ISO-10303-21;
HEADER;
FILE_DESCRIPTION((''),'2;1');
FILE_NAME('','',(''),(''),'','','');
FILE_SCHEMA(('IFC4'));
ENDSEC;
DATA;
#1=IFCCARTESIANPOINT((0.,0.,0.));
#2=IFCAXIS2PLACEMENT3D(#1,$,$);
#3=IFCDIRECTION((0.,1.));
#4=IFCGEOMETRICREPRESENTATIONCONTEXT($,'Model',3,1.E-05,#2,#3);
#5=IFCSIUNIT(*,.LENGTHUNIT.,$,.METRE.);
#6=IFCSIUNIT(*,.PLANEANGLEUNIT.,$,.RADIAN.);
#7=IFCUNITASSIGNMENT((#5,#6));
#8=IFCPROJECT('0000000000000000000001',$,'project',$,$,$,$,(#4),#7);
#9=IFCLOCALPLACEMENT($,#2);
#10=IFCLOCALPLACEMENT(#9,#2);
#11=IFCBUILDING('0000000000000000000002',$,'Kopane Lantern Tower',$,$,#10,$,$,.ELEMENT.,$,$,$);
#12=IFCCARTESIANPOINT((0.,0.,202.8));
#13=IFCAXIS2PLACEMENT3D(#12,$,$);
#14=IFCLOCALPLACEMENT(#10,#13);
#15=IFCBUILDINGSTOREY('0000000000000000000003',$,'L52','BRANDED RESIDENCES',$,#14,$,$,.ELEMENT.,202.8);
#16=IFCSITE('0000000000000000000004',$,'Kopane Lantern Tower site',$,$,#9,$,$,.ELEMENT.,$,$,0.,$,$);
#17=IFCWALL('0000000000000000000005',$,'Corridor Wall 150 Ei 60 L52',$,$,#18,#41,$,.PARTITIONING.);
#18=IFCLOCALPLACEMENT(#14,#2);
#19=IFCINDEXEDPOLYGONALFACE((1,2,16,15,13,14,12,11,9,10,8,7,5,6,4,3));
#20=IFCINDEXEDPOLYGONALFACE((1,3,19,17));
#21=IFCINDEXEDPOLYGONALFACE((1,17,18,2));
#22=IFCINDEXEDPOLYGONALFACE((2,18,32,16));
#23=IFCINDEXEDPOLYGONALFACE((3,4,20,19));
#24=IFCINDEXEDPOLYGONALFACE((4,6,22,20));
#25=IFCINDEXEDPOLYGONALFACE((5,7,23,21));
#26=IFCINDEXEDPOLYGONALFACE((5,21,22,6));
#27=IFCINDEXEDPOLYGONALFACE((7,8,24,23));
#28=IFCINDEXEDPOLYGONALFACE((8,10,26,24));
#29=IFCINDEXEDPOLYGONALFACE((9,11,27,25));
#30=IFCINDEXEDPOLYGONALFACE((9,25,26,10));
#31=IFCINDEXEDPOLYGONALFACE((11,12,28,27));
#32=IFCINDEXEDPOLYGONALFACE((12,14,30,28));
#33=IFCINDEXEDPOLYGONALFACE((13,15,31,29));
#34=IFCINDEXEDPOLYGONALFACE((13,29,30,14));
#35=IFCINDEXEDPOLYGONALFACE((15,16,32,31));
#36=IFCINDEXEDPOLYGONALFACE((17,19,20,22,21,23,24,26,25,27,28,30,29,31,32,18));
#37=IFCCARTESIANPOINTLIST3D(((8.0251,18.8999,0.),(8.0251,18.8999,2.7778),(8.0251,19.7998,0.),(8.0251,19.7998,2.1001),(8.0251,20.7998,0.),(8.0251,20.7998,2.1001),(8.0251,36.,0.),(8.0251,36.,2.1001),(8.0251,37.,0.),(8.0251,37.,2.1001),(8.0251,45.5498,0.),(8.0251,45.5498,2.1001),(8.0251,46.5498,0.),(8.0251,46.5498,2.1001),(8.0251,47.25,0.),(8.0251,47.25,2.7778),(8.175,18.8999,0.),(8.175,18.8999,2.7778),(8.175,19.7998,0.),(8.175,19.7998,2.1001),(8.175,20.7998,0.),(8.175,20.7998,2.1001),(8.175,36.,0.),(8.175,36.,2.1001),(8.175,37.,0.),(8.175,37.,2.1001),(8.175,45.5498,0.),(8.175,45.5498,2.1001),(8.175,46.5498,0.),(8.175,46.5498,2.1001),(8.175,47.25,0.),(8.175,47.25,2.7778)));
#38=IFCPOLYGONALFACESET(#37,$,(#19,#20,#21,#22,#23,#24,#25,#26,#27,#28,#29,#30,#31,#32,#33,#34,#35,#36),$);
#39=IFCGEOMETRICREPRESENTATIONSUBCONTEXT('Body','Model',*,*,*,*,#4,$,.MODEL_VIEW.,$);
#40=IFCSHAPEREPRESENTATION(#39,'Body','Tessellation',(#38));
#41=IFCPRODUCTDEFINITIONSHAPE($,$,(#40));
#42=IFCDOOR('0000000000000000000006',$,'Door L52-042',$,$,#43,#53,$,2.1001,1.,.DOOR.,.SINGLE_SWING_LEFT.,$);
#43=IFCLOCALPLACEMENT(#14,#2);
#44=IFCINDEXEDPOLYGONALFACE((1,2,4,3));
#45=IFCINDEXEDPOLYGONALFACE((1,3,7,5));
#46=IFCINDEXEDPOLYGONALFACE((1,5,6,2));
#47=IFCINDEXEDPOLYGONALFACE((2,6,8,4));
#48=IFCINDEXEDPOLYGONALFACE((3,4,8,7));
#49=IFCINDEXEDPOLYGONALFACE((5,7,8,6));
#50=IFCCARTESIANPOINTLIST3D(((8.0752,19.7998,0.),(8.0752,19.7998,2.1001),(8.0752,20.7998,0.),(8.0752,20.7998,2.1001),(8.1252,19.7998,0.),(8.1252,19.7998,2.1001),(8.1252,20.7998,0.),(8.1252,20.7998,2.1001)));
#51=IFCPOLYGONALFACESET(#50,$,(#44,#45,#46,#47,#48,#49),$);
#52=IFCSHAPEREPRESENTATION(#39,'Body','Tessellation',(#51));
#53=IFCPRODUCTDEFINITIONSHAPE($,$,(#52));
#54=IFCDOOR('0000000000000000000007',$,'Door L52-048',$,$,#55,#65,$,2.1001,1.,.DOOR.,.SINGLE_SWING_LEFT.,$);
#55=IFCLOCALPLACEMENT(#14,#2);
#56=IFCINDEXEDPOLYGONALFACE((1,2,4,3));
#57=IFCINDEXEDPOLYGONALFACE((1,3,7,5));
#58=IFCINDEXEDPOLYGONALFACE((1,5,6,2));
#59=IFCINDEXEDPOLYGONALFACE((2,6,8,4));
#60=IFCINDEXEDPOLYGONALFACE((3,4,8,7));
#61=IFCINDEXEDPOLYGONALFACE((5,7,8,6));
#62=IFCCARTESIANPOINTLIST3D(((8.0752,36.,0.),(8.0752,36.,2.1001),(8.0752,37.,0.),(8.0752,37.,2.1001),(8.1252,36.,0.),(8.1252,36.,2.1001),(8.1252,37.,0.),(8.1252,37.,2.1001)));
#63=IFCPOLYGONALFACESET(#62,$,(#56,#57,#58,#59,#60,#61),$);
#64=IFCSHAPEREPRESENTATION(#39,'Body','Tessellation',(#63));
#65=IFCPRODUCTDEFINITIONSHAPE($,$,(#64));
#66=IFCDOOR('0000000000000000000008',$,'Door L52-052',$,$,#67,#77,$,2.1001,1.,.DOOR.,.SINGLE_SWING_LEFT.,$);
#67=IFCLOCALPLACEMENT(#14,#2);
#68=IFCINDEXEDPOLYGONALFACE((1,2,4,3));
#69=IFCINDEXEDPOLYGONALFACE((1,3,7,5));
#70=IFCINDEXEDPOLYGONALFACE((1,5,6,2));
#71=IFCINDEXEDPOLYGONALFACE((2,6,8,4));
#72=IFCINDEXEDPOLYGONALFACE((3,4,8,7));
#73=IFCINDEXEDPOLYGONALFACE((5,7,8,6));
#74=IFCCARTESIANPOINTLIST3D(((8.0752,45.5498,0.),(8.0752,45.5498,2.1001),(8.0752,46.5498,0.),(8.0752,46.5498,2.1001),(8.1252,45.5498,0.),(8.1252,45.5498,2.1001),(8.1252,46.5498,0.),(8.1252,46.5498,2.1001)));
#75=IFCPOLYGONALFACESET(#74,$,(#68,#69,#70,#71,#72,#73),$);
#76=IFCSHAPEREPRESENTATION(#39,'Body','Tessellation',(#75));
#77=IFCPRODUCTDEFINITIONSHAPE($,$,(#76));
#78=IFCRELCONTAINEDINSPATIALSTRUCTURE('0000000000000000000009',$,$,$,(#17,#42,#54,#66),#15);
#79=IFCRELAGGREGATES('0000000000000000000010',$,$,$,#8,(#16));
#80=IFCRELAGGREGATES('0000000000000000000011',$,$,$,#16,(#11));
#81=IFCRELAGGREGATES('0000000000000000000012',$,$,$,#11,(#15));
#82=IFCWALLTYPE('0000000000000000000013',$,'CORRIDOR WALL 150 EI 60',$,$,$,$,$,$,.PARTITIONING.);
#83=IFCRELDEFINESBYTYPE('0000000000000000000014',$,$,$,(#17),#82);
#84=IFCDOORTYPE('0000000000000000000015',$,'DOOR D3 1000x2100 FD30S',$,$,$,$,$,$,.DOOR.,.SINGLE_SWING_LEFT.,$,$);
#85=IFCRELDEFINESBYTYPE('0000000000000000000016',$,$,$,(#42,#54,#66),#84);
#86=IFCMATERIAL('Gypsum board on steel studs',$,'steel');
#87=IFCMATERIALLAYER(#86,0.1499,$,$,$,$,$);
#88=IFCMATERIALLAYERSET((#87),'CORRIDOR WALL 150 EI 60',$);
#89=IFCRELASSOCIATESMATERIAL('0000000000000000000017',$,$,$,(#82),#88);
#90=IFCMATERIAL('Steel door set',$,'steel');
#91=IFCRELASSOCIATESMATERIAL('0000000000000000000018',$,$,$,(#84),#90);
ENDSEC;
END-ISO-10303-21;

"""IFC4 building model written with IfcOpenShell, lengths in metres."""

from ifc_helpers import new_model, si_unit, direction, frame, frame_2d, origin, place, context, subcontext, project, spatial, rectangle, extrude, material, layer, layer_set, type_object, element, fill, save


model = new_model("IFC4")

# Units and contexts
model_context = context("Model", 3, precision=1e-05, world=origin(), true_north=direction((0.0, 1.0)))
body_context = subcontext(model_context, "Body", "Model", "MODEL_VIEW")
ifc_project = project(units=[si_unit("LENGTHUNIT", "METRE"), si_unit("PLANEANGLEUNIT", "RADIAN")], contexts=[model_context])

# Site, building, storey
site_placement = place(None, origin())
site = spatial("IfcSite", under=ifc_project, at=site_placement, Name="Kopane Lantern Tower site", CompositionType="ELEMENT", RefElevation=0.0)
building_placement = place(site_placement, origin())
building = spatial("IfcBuilding", under=site, at=building_placement, Name="Kopane Lantern Tower", CompositionType="ELEMENT")
storey_placement = place(building_placement, frame((0.0, 0.0, 202.8)))
storey = spatial("IfcBuildingStorey", under=building, at=storey_placement, Name="L52", Description="BRANDED RESIDENCES", CompositionType="ELEMENT", Elevation=202.8)

# Wall, openings, doors
ifc_material_1 = material(Name="Gypsum board on steel studs", Category="steel")
ifc_layer_1 = layer(ifc_material_1, 0.1499)
ifc_layer_set_1 = layer_set([ifc_layer_1], Name="CORRIDOR WALL 150 EI 60")
wall_type_1 = type_object("IfcWallType", Name="CORRIDOR WALL 150 EI 60", PredefinedType="PARTITIONING", material=ifc_layer_set_1)
ifc_material_2 = material(Name="Steel door set", Category="steel")
door_type = type_object("IfcDoorType", Name="DOOR D3 1000x2100 FD30S", OperationType="SINGLE_SWING_LEFT", PredefinedType="DOOR", material=ifc_material_2)
wall_1_placement = place(storey_placement, frame((8.1001, 18.8999, 0.0), z_axis=(0.0, 0.0, 1.0), x_axis=(0.0, 1.0, 0.0)))
wall_1 = element("IfcWall", 1, at=wall_1_placement, inside=storey, type_object=wall_type_1, Name="Corridor Wall 150 Ei 60 L52", PredefinedType="PARTITIONING", context=body_context, shape_type="SweptSolid", body=[
    extrude(rectangle(XDim=28.3501, YDim=0.1499, at=frame_2d((14.175, 0.0))), origin(), (0.0, 0.0, 1.0), 2.7778),
])
opening_1_placement = place(wall_1_placement, frame((0.8999, 0.0, 0.0)))
opening_1 = element("IfcOpeningElement", 2, at=opening_1_placement, cuts=wall_1, PredefinedType="OPENING", context=body_context, shape_type="SweptSolid", body=[
    extrude(rectangle(XDim=1.0, YDim=2.1001, at=frame_2d((0.5, 1.05))), frame((0.0, 0.085, 0.0), z_axis=(0.0, -1.0, 0.0), x_axis=(1.0, 0.0, 0.0)), (0.0, 0.0, 1.0), 0.1699),
])
opening_2_placement = place(wall_1_placement, frame((17.1001, 0.0, 0.0)))
opening_2 = element("IfcOpeningElement", 3, at=opening_2_placement, cuts=wall_1, PredefinedType="OPENING", context=body_context, shape_type="SweptSolid", body=[
    extrude(rectangle(XDim=1.0, YDim=2.1001, at=frame_2d((0.5, 1.05))), frame((0.0, 0.085, 0.0), z_axis=(0.0, -1.0, 0.0), x_axis=(1.0, 0.0, 0.0)), (0.0, 0.0, 1.0), 0.1699),
])
opening_3_placement = place(wall_1_placement, frame((26.6499, 0.0, 0.0)))
opening_3 = element("IfcOpeningElement", 4, at=opening_3_placement, cuts=wall_1, PredefinedType="OPENING", context=body_context, shape_type="SweptSolid", body=[
    extrude(rectangle(XDim=1.0, YDim=2.1001, at=frame_2d((0.5, 1.05))), frame((0.0, 0.085, 0.0), z_axis=(0.0, -1.0, 0.0), x_axis=(1.0, 0.0, 0.0)), (0.0, 0.0, 1.0), 0.1699),
])
door_1_placement = place(opening_1_placement, origin())
door_1 = element("IfcDoor", 5, at=door_1_placement, inside=storey, type_object=door_type, Name="Door L52-042", OperationType="SINGLE_SWING_LEFT", OverallHeight=2.1001, OverallWidth=1.0, PredefinedType="DOOR", context=body_context, shape_type="SweptSolid", body=[
    extrude(rectangle(XDim=1.0, YDim=2.1001, at=frame_2d((0.5, 1.05))), frame((0.0, 0.0249, 0.0), z_axis=(0.0, -1.0, 0.0), x_axis=(1.0, 0.0, 0.0)), (0.0, 0.0, 1.0), 0.05),
])
fill(opening_1, door_1)
door_2_placement = place(opening_2_placement, origin())
door_2 = element("IfcDoor", 6, at=door_2_placement, inside=storey, type_object=door_type, Name="Door L52-048", OperationType="SINGLE_SWING_LEFT", OverallHeight=2.1001, OverallWidth=1.0, PredefinedType="DOOR", context=body_context, shape_type="SweptSolid", body=[
    extrude(rectangle(XDim=1.0, YDim=2.1001, at=frame_2d((0.5, 1.05))), frame((0.0, 0.0249, 0.0), z_axis=(0.0, -1.0, 0.0), x_axis=(1.0, 0.0, 0.0)), (0.0, 0.0, 1.0), 0.05),
])
fill(opening_2, door_2)
door_3_placement = place(opening_3_placement, origin())
door_3 = element("IfcDoor", 7, at=door_3_placement, inside=storey, type_object=door_type, Name="Door L52-052", OperationType="SINGLE_SWING_LEFT", OverallHeight=2.1001, OverallWidth=1.0, PredefinedType="DOOR", context=body_context, shape_type="SweptSolid", body=[
    extrude(rectangle(XDim=1.0, YDim=2.1001, at=frame_2d((0.5, 1.05))), frame((0.0, 0.0249, 0.0), z_axis=(0.0, -1.0, 0.0), x_axis=(1.0, 0.0, 0.0)), (0.0, 0.0, 1.0), 0.05),
])
fill(opening_3, door_3)

save(model, "model.ifc")
